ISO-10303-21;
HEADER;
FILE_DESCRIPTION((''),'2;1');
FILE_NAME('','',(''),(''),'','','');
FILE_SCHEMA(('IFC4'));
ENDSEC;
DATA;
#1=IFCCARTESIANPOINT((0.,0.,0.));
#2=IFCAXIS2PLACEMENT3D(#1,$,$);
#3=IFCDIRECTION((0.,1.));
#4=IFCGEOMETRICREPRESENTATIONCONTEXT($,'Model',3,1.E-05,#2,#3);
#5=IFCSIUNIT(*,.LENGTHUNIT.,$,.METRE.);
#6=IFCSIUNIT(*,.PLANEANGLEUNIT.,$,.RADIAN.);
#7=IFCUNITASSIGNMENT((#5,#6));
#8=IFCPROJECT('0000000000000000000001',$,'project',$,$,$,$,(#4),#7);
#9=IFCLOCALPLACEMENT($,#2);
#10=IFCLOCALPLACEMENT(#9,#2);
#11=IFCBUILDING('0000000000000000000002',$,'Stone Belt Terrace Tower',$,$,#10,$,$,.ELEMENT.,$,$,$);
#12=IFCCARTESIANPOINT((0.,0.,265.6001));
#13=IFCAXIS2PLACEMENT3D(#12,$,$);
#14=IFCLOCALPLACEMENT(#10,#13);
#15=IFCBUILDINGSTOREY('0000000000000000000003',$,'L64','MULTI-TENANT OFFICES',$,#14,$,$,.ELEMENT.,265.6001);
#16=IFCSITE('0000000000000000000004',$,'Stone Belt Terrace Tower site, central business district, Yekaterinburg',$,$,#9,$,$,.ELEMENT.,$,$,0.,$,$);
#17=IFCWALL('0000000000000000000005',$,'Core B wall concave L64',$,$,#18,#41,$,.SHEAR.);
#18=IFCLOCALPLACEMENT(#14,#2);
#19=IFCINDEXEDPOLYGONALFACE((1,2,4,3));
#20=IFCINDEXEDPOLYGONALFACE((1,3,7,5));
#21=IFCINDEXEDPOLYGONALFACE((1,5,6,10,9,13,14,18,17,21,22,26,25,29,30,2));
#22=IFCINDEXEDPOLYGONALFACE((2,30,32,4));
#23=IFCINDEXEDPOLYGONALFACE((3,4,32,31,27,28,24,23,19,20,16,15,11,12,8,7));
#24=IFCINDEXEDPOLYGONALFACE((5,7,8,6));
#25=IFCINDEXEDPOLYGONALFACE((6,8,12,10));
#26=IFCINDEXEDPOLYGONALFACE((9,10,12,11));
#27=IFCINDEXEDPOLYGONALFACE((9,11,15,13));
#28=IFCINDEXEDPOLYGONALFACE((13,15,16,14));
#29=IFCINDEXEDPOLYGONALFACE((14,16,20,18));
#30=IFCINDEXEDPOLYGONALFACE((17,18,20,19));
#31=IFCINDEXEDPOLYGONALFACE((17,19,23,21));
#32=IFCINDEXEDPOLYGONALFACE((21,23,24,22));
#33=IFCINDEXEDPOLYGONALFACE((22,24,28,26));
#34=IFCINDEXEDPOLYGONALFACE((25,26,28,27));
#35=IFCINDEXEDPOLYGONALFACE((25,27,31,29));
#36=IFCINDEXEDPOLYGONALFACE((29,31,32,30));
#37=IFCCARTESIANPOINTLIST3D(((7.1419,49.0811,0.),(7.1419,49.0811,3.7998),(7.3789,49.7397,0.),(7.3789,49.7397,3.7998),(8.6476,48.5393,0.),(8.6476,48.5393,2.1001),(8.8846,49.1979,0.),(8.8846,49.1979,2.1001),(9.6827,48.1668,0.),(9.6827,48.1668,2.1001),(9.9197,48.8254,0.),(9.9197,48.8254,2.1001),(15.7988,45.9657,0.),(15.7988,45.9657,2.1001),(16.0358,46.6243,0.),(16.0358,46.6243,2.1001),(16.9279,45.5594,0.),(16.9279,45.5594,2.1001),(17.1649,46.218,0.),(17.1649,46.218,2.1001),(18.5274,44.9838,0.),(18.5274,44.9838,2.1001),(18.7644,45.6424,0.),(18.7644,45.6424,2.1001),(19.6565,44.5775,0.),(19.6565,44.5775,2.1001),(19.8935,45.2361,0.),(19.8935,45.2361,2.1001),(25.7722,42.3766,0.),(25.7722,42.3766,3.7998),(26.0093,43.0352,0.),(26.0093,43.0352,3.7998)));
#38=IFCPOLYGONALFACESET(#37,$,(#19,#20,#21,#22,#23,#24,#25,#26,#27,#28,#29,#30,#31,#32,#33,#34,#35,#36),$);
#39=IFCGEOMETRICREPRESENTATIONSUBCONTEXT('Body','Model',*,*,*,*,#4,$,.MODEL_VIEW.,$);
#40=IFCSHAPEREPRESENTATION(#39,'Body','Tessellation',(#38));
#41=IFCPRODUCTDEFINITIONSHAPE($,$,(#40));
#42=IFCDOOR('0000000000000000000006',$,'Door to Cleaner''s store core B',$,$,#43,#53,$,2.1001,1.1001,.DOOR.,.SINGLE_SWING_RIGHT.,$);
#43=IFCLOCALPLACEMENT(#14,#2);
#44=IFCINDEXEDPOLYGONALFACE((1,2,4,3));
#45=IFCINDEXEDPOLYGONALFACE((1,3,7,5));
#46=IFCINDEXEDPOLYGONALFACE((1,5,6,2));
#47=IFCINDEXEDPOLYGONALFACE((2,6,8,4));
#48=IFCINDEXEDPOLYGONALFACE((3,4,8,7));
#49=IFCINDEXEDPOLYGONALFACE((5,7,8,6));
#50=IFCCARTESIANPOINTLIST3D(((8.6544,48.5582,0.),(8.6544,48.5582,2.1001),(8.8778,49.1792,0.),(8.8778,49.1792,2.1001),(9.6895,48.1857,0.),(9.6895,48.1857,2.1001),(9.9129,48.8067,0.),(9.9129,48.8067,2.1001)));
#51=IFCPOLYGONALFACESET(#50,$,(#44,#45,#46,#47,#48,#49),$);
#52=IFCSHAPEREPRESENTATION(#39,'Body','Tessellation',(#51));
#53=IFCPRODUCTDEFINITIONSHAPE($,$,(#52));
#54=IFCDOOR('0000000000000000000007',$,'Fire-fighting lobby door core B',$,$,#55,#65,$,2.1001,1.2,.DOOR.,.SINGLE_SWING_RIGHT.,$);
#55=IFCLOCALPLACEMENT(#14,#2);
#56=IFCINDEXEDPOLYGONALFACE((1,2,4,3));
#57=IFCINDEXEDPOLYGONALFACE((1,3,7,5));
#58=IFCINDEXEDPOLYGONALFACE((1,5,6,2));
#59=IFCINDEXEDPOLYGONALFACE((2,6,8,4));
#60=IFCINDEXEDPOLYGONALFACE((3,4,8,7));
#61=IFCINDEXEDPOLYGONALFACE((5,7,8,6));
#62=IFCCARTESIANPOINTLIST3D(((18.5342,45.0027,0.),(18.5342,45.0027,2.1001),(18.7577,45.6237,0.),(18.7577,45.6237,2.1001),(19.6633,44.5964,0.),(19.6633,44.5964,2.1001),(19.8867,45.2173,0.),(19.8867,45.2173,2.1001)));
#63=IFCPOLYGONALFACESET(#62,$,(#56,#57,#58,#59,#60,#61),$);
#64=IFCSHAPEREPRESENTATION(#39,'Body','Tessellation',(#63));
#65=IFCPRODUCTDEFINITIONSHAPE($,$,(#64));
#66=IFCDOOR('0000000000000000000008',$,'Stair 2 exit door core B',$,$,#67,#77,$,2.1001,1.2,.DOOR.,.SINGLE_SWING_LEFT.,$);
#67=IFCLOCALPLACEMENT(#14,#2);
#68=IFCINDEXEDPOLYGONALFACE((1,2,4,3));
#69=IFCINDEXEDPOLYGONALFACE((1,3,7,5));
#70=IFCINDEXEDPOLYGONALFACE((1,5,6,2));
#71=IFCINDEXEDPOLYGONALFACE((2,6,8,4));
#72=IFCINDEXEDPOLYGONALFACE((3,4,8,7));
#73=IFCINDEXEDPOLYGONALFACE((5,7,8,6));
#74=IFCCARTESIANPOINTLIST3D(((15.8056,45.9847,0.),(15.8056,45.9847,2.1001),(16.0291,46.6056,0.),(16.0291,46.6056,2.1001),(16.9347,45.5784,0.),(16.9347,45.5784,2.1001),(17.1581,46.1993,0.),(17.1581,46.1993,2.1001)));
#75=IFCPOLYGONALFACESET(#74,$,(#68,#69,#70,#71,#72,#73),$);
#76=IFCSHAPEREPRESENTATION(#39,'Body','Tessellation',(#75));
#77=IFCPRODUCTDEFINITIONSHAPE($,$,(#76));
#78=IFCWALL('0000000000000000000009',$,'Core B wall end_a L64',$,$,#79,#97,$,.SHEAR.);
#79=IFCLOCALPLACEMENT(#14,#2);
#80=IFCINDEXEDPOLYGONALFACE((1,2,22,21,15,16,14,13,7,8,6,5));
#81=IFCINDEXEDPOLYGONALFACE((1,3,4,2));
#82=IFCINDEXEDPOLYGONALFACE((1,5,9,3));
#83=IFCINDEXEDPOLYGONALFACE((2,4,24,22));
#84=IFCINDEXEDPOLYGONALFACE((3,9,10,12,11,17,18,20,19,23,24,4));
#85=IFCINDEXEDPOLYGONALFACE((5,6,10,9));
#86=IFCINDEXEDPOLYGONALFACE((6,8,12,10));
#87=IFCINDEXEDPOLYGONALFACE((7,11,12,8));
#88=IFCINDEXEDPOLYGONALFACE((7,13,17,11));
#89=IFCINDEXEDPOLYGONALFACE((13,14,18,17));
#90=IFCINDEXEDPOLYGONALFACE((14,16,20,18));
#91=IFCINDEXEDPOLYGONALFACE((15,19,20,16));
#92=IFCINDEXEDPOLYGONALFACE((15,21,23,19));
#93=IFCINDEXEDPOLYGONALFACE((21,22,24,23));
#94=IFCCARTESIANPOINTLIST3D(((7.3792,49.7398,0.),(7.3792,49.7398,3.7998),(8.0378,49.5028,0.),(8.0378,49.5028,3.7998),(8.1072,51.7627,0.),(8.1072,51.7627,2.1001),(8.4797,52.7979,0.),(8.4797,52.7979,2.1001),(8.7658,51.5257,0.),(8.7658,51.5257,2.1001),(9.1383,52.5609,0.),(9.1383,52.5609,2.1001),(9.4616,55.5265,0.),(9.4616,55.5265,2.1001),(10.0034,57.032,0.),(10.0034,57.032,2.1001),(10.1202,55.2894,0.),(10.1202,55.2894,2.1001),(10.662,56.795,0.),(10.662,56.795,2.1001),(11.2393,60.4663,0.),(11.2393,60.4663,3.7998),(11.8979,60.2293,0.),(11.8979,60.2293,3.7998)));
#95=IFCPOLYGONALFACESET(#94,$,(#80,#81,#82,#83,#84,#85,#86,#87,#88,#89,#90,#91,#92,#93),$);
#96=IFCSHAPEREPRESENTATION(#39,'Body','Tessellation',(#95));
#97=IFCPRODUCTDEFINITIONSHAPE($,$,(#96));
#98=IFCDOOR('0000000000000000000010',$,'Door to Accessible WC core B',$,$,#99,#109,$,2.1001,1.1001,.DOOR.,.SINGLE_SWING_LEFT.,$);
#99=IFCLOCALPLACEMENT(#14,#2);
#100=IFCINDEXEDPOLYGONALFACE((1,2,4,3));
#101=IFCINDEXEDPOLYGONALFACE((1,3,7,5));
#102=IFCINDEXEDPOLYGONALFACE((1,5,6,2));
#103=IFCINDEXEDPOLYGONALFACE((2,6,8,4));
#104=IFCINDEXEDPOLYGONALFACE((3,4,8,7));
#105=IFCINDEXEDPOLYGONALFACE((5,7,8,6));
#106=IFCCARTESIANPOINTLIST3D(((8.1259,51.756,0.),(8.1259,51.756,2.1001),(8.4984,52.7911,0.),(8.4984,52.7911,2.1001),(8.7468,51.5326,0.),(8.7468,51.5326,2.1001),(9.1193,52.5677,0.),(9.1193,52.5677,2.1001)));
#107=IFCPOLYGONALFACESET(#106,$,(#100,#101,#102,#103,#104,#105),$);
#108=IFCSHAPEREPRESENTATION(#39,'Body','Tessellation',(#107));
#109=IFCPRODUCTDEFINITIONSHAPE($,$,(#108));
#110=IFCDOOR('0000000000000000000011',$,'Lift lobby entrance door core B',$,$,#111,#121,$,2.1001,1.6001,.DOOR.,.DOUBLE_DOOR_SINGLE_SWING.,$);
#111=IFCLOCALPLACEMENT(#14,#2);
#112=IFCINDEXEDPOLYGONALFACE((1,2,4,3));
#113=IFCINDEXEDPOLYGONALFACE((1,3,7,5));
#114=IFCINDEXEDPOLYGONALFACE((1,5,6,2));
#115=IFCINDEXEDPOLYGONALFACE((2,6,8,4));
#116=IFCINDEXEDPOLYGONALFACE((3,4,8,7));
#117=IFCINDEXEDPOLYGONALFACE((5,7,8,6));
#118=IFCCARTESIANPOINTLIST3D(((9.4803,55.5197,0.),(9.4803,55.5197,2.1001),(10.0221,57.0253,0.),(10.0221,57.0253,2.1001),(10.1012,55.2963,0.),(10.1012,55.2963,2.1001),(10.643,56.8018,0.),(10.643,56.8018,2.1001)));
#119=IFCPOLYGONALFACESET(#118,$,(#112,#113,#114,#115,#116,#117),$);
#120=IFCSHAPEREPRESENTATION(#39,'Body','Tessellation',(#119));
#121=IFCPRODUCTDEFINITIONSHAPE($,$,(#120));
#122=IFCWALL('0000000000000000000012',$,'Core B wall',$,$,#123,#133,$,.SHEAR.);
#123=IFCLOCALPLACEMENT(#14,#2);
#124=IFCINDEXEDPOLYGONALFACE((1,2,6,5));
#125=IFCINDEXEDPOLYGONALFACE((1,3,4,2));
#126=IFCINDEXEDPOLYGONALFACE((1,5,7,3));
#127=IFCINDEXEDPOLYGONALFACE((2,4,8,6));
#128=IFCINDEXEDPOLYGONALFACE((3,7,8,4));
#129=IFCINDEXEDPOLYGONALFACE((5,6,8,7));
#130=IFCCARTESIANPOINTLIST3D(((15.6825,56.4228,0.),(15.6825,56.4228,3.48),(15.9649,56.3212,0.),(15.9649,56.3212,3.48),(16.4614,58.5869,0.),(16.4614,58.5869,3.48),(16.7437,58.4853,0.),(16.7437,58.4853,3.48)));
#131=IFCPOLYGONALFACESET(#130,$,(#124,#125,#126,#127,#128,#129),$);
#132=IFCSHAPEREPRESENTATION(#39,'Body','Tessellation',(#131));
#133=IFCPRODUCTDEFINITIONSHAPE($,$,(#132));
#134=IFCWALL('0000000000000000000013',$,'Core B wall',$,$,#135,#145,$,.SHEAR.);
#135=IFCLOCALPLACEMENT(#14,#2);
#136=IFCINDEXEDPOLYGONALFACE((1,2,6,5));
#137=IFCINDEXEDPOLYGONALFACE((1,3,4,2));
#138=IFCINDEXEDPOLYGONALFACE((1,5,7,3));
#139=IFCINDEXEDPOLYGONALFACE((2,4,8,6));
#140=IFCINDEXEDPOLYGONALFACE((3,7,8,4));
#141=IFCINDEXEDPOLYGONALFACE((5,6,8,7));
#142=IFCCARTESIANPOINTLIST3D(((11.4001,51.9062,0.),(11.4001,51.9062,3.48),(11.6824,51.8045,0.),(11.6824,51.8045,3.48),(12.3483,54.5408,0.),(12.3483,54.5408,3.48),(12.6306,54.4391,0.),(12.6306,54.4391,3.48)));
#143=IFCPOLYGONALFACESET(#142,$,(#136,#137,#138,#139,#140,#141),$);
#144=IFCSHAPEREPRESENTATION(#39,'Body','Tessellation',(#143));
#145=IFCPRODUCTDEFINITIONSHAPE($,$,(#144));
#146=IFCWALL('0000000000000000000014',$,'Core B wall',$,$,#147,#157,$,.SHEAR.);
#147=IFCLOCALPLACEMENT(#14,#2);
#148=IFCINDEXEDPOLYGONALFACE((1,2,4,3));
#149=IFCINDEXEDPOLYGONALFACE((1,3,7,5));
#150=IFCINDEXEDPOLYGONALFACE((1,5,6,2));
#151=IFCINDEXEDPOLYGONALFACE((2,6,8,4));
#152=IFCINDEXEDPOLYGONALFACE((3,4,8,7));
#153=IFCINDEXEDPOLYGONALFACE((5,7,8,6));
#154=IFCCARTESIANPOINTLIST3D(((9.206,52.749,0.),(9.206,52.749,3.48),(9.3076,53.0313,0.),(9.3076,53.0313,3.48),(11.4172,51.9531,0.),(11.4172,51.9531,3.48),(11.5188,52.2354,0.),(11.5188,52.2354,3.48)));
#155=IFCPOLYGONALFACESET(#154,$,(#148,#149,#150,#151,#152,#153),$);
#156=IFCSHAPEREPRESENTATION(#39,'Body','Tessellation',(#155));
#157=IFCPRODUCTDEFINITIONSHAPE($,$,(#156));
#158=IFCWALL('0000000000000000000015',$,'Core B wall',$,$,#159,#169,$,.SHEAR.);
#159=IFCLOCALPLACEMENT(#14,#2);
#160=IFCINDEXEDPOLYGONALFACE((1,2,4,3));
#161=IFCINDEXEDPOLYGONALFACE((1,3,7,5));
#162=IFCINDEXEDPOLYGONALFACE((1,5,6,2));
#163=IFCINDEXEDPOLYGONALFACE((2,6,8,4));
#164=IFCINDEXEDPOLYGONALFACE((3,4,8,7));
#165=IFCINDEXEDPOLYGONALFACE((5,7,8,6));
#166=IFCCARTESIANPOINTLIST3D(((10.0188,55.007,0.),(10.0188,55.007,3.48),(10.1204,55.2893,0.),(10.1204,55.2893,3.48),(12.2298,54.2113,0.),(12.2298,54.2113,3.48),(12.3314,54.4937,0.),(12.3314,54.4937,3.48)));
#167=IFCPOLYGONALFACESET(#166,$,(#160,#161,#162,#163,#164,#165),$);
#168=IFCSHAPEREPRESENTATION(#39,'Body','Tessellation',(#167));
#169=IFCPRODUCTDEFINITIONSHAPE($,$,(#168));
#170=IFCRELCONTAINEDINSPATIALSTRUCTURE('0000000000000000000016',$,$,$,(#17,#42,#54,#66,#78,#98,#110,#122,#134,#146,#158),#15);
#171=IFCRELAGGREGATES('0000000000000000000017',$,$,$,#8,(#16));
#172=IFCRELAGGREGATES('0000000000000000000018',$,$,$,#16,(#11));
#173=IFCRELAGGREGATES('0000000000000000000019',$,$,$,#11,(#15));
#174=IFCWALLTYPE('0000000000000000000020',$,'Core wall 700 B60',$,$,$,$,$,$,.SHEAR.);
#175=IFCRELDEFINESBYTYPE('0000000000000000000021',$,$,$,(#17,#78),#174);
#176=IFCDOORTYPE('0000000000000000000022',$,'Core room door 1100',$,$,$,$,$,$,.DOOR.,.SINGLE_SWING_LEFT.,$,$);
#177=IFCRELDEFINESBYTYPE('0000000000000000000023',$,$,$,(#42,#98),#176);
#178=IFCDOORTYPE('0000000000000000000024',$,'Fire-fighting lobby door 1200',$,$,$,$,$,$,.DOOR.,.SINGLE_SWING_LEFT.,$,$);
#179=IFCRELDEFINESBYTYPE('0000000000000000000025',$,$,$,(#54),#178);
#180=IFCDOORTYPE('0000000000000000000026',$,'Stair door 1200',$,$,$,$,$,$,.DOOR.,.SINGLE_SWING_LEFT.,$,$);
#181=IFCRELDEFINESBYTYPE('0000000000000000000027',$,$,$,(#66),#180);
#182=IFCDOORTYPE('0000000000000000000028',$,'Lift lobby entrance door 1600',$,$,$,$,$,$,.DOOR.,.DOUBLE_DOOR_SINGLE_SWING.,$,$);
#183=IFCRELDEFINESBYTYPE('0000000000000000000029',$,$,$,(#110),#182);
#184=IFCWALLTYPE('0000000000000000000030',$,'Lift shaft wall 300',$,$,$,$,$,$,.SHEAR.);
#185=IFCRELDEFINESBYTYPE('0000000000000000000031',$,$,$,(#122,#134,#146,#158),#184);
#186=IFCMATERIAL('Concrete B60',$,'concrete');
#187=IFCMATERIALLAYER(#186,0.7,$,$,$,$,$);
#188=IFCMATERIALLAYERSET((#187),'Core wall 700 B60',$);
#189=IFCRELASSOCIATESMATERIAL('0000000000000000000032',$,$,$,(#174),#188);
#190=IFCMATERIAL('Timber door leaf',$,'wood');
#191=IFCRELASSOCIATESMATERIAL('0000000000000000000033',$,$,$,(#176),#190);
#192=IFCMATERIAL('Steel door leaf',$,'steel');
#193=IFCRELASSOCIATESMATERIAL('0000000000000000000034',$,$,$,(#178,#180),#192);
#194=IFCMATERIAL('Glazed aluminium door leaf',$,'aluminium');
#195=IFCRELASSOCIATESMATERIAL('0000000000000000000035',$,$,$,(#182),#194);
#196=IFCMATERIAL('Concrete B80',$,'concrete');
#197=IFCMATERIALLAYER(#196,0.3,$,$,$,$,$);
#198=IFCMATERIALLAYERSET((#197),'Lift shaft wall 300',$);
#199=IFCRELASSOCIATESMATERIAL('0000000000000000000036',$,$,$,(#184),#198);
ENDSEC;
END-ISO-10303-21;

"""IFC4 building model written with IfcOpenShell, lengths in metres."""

from ifc_helpers import new_model, si_unit, direction, frame, frame_2d, origin, place, context, subcontext, project, spatial, rectangle, extrude, material, layer, layer_set, type_object, element, fill, save


model = new_model("IFC4")

# Units and contexts
model_context = context("Model", 3, precision=1e-05, world=origin(), true_north=direction((0.0, 1.0)))
body_context = subcontext(model_context, "Body", "Model", "MODEL_VIEW")
ifc_project = project(units=[si_unit("LENGTHUNIT", "METRE"), si_unit("PLANEANGLEUNIT", "RADIAN")], contexts=[model_context])

# Site, building, storey
site_placement = place(None, origin())
site = spatial("IfcSite", under=ifc_project, at=site_placement, Name="Stone Belt Terrace Tower site, central business district, Yekaterinburg", CompositionType="ELEMENT", RefElevation=0.0)
building_placement = place(site_placement, origin())
building = spatial("IfcBuilding", under=site, at=building_placement, Name="Stone Belt Terrace Tower", CompositionType="ELEMENT")
storey_placement = place(building_placement, frame((0.0, 0.0, 265.6001)))
storey = spatial("IfcBuildingStorey", under=building, at=storey_placement, Name="L64", Description="MULTI-TENANT OFFICES", CompositionType="ELEMENT", Elevation=265.6001)

# Shared definitions
ifc_material_1 = material(Name="Concrete B60", Category="concrete")

# Shared definitions
ifc_material_2 = material(Name="Glazed aluminium door leaf", Category="aluminium")

# Shared definitions
ifc_material_3 = material(Name="Timber door leaf", Category="wood")

# Walls, openings, doors
ifc_layer_1 = layer(ifc_material_1, 0.7)
ifc_layer_set_1 = layer_set([ifc_layer_1], Name="Core wall 700 B60")
wall_type_1 = type_object("IfcWallType", Name="Core wall 700 B60", PredefinedType="SHEAR", material=ifc_layer_set_1)
wall_1_placement = place(storey_placement, frame((7.2605, 49.4104, 0.0), z_axis=(0.0, 0.0, 1.0), x_axis=(0.940925, -0.338615, 0.0)))
wall_1 = element("IfcWall", 1, at=wall_1_placement, inside=storey, type_object=wall_type_1, Name="Core B wall concave L64", PredefinedType="SHEAR", context=body_context, shape_type="SweptSolid", body=[
    extrude(rectangle(XDim=19.8, YDim=0.7, at=frame_2d((9.8999, 0.0))), origin(), (0.0, 0.0, 1.0), 3.7998),
])
opening_1_placement = place(wall_1_placement, frame((12.1001, 0.0, 0.0)))
opening_1 = element("IfcOpeningElement", 2, at=opening_1_placement, cuts=wall_1, PredefinedType="OPENING", context=body_context, shape_type="SweptSolid", body=[
    extrude(rectangle(XDim=1.2, YDim=2.1001, at=frame_2d((0.6001, 1.05))), frame((0.0, 0.3599, 0.0), z_axis=(0.0, -1.0, 0.0), x_axis=(1.0, 0.0, 0.0)), (0.0, 0.0, 1.0), 0.72),
])
opening_2_placement = place(wall_1_placement, frame((9.2002, 0.0, 0.0)))
opening_2 = element("IfcOpeningElement", 3, at=opening_2_placement, cuts=wall_1, PredefinedType="OPENING", context=body_context, shape_type="SweptSolid", body=[
    extrude(rectangle(XDim=1.2, YDim=2.1001, at=frame_2d((0.6001, 1.05))), frame((0.0, 0.3599, 0.0), z_axis=(0.0, -1.0, 0.0), x_axis=(1.0, 0.0, 0.0)), (0.0, 0.0, 1.0), 0.72),
])
opening_3_placement = place(wall_1_placement, frame((1.6001, 0.0, 0.0)))
opening_3 = element("IfcOpeningElement", 4, at=opening_3_placement, cuts=wall_1, PredefinedType="OPENING", context=body_context, shape_type="SweptSolid", body=[
    extrude(rectangle(XDim=1.1001, YDim=2.1001, at=frame_2d((0.55, 1.05))), frame((0.0, 0.3599, 0.0), z_axis=(0.0, -1.0, 0.0), x_axis=(1.0, 0.0, 0.0)), (0.0, 0.0, 1.0), 0.72),
])
door_type_1 = type_object("IfcDoorType", Name="Core room door 1100", OperationType="SINGLE_SWING_LEFT", PredefinedType="DOOR", material=ifc_material_3)
door_1_placement = place(opening_3_placement, origin())
door_1 = element("IfcDoor", 5, at=door_1_placement, inside=storey, type_object=door_type_1, Name="Door to Cleaner's store core B", OperationType="SINGLE_SWING_RIGHT", OverallHeight=2.1001, OverallWidth=1.1001, PredefinedType="DOOR", context=body_context, shape_type="SweptSolid", body=[
    extrude(rectangle(XDim=1.1001, YDim=2.1001, at=frame_2d((0.55, 1.05))), frame((0.0, 0.3301, 0.0), z_axis=(0.0, -1.0, 0.0), x_axis=(1.0, 0.0, 0.0)), (0.0, 0.0, 1.0), 0.6599),
])
fill(opening_3, door_1)
ifc_material_4 = material(Name="Steel door leaf", Category="steel")
door_type_2 = type_object("IfcDoorType", Name="Fire-fighting lobby door 1200", OperationType="SINGLE_SWING_LEFT", PredefinedType="DOOR", material=ifc_material_4)
door_2_placement = place(opening_1_placement, origin())
door_2 = element("IfcDoor", 6, at=door_2_placement, inside=storey, type_object=door_type_2, Name="Fire-fighting lobby door core B", OperationType="SINGLE_SWING_RIGHT", OverallHeight=2.1001, OverallWidth=1.2, PredefinedType="DOOR", context=body_context, shape_type="SweptSolid", body=[
    extrude(rectangle(XDim=1.2, YDim=2.1001, at=frame_2d((0.6001, 1.05))), frame((0.0, 0.3301, 0.0), z_axis=(0.0, -1.0, 0.0), x_axis=(1.0, 0.0, 0.0)), (0.0, 0.0, 1.0), 0.6599),
])
fill(opening_1, door_2)
door_type_3 = type_object("IfcDoorType", Name="Stair door 1200", OperationType="SINGLE_SWING_LEFT", PredefinedType="DOOR", material=ifc_material_4)
door_3_placement = place(opening_2_placement, origin())
door_3 = element("IfcDoor", 7, at=door_3_placement, inside=storey, type_object=door_type_3, Name="Stair 2 exit door core B", OperationType="SINGLE_SWING_LEFT", OverallHeight=2.1001, OverallWidth=1.2, PredefinedType="DOOR", context=body_context, shape_type="SweptSolid", body=[
    extrude(rectangle(XDim=1.2, YDim=2.1001, at=frame_2d((0.6001, 1.05))), frame((0.0, 0.3301, 0.0), z_axis=(0.0, -1.0, 0.0), x_axis=(1.0, 0.0, 0.0)), (0.0, 0.0, 1.0), 0.6599),
])
fill(opening_2, door_3)
wall_2_placement = place(storey_placement, frame((7.7085, 49.6213, 0.0), z_axis=(0.0, 0.0, 1.0), x_axis=(0.338606, 0.940928, 0.0)))
wall_2 = element("IfcWall", 8, at=wall_2_placement, inside=storey, type_object=wall_type_1, Name="Core B wall end_a L64", PredefinedType="SHEAR", context=body_context, shape_type="SweptSolid", body=[
    extrude(rectangle(XDim=11.3999, YDim=0.7, at=frame_2d((5.7, 0.0))), origin(), (0.0, 0.0, 1.0), 3.7998),
])
opening_4_placement = place(wall_2_placement, frame((6.1499, 0.0, 0.0)))
opening_4 = element("IfcOpeningElement", 9, at=opening_4_placement, cuts=wall_2, PredefinedType="OPENING", context=body_context, shape_type="SweptSolid", body=[
    extrude(rectangle(XDim=1.6001, YDim=2.1001, at=frame_2d((0.8, 1.05))), frame((0.0, 0.3599, 0.0), z_axis=(0.0, -1.0, 0.0), x_axis=(1.0, 0.0, 0.0)), (0.0, 0.0, 1.0), 0.72),
])
opening_5_placement = place(wall_2_placement, frame((2.1499, 0.0, 0.0)))
opening_5 = element("IfcOpeningElement", 10, at=opening_5_placement, cuts=wall_2, PredefinedType="OPENING", context=body_context, shape_type="SweptSolid", body=[
    extrude(rectangle(XDim=1.1001, YDim=2.1001, at=frame_2d((0.55, 1.05))), frame((0.0, 0.3599, 0.0), z_axis=(0.0, -1.0, 0.0), x_axis=(1.0, 0.0, 0.0)), (0.0, 0.0, 1.0), 0.72),
])
door_4_placement = place(opening_5_placement, origin())
door_4 = element("IfcDoor", 11, at=door_4_placement, inside=storey, type_object=door_type_1, Name="Door to Accessible WC core B", OperationType="SINGLE_SWING_LEFT", OverallHeight=2.1001, OverallWidth=1.1001, PredefinedType="DOOR", context=body_context, shape_type="SweptSolid", body=[
    extrude(rectangle(XDim=1.1001, YDim=2.1001, at=frame_2d((0.55, 1.05))), frame((0.0, 0.3301, 0.0), z_axis=(0.0, -1.0, 0.0), x_axis=(1.0, 0.0, 0.0)), (0.0, 0.0, 1.0), 0.6599),
])
fill(opening_5, door_4)
door_type_4 = type_object("IfcDoorType", Name="Lift lobby entrance door 1600", OperationType="DOUBLE_DOOR_SINGLE_SWING", PredefinedType="DOOR", material=ifc_material_2)
door_5_placement = place(opening_4_placement, origin())
door_5 = element("IfcDoor", 12, at=door_5_placement, inside=storey, type_object=door_type_4, Name="Lift lobby entrance door core B", OperationType="DOUBLE_DOOR_SINGLE_SWING", OverallHeight=2.1001, OverallWidth=1.6001, PredefinedType="DOOR", context=body_context, shape_type="SweptSolid", body=[
    extrude(rectangle(XDim=1.6001, YDim=2.1001, at=frame_2d((0.8, 1.05))), frame((0.0, 0.3301, 0.0), z_axis=(0.0, -1.0, 0.0), x_axis=(1.0, 0.0, 0.0)), (0.0, 0.0, 1.0), 0.6599),
])
fill(opening_4, door_5)

# Walls
ifc_material_5 = material(Name="Concrete B80", Category="concrete")
ifc_layer_2 = layer(ifc_material_5, 0.3)
ifc_layer_set_2 = layer_set([ifc_layer_2], Name="Lift shaft wall 300")
wall_type_2 = type_object("IfcWallType", Name="Lift shaft wall 300", PredefinedType="SHEAR", material=ifc_layer_set_2)
wall_3_placement = place(storey_placement, frame((15.8237, 56.3721, 0.0), z_axis=(0.0, 0.0, 1.0), x_axis=(0.338622, 0.940923, 0.0)))
element("IfcWall", 13, at=wall_3_placement, inside=storey, type_object=wall_type_2, Name="Core B wall", PredefinedType="SHEAR", context=body_context, shape_type="SweptSolid", body=[
    extrude(rectangle(XDim=2.3, YDim=0.3, at=frame_2d((1.1499, 0.0))), origin(), (0.0, 0.0, 1.0), 3.48),
])
wall_4_placement = place(storey_placement, frame((11.5413, 51.8555, 0.0), z_axis=(0.0, 0.0, 1.0), x_axis=(0.338661, 0.940909, 0.0)))
element("IfcWall", 14, at=wall_4_placement, inside=storey, type_object=wall_type_2, Name="Core B wall", PredefinedType="SHEAR", context=body_context, shape_type="SweptSolid", body=[
    extrude(rectangle(XDim=2.8, YDim=0.3, at=frame_2d((1.3999, 0.0))), origin(), (0.0, 0.0, 1.0), 3.48),
])
wall_5_placement = place(storey_placement, frame((11.468, 52.0942, 0.0), z_axis=(0.0, 0.0, 1.0), x_axis=(-0.940905, 0.338672, 0.0)))
element("IfcWall", 15, at=wall_5_placement, inside=storey, type_object=wall_type_2, Name="Core B wall", PredefinedType="SHEAR", context=body_context, shape_type="SweptSolid", body=[
    extrude(rectangle(XDim=2.3501, YDim=0.3, at=frame_2d((1.175, 0.0))), origin(), (0.0, 0.0, 1.0), 3.48),
])
wall_6_placement = place(storey_placement, frame((12.2805, 54.3525, 0.0), z_axis=(0.0, 0.0, 1.0), x_axis=(-0.940926, 0.338613, 0.0)))
element("IfcWall", 16, at=wall_6_placement, inside=storey, type_object=wall_type_2, Name="Core B wall", PredefinedType="SHEAR", context=body_context, shape_type="SweptSolid", body=[
    extrude(rectangle(XDim=2.3499, YDim=0.3, at=frame_2d((1.1748, 0.0))), origin(), (0.0, 0.0, 1.0), 3.48),
])

save(model, "model.ifc")
